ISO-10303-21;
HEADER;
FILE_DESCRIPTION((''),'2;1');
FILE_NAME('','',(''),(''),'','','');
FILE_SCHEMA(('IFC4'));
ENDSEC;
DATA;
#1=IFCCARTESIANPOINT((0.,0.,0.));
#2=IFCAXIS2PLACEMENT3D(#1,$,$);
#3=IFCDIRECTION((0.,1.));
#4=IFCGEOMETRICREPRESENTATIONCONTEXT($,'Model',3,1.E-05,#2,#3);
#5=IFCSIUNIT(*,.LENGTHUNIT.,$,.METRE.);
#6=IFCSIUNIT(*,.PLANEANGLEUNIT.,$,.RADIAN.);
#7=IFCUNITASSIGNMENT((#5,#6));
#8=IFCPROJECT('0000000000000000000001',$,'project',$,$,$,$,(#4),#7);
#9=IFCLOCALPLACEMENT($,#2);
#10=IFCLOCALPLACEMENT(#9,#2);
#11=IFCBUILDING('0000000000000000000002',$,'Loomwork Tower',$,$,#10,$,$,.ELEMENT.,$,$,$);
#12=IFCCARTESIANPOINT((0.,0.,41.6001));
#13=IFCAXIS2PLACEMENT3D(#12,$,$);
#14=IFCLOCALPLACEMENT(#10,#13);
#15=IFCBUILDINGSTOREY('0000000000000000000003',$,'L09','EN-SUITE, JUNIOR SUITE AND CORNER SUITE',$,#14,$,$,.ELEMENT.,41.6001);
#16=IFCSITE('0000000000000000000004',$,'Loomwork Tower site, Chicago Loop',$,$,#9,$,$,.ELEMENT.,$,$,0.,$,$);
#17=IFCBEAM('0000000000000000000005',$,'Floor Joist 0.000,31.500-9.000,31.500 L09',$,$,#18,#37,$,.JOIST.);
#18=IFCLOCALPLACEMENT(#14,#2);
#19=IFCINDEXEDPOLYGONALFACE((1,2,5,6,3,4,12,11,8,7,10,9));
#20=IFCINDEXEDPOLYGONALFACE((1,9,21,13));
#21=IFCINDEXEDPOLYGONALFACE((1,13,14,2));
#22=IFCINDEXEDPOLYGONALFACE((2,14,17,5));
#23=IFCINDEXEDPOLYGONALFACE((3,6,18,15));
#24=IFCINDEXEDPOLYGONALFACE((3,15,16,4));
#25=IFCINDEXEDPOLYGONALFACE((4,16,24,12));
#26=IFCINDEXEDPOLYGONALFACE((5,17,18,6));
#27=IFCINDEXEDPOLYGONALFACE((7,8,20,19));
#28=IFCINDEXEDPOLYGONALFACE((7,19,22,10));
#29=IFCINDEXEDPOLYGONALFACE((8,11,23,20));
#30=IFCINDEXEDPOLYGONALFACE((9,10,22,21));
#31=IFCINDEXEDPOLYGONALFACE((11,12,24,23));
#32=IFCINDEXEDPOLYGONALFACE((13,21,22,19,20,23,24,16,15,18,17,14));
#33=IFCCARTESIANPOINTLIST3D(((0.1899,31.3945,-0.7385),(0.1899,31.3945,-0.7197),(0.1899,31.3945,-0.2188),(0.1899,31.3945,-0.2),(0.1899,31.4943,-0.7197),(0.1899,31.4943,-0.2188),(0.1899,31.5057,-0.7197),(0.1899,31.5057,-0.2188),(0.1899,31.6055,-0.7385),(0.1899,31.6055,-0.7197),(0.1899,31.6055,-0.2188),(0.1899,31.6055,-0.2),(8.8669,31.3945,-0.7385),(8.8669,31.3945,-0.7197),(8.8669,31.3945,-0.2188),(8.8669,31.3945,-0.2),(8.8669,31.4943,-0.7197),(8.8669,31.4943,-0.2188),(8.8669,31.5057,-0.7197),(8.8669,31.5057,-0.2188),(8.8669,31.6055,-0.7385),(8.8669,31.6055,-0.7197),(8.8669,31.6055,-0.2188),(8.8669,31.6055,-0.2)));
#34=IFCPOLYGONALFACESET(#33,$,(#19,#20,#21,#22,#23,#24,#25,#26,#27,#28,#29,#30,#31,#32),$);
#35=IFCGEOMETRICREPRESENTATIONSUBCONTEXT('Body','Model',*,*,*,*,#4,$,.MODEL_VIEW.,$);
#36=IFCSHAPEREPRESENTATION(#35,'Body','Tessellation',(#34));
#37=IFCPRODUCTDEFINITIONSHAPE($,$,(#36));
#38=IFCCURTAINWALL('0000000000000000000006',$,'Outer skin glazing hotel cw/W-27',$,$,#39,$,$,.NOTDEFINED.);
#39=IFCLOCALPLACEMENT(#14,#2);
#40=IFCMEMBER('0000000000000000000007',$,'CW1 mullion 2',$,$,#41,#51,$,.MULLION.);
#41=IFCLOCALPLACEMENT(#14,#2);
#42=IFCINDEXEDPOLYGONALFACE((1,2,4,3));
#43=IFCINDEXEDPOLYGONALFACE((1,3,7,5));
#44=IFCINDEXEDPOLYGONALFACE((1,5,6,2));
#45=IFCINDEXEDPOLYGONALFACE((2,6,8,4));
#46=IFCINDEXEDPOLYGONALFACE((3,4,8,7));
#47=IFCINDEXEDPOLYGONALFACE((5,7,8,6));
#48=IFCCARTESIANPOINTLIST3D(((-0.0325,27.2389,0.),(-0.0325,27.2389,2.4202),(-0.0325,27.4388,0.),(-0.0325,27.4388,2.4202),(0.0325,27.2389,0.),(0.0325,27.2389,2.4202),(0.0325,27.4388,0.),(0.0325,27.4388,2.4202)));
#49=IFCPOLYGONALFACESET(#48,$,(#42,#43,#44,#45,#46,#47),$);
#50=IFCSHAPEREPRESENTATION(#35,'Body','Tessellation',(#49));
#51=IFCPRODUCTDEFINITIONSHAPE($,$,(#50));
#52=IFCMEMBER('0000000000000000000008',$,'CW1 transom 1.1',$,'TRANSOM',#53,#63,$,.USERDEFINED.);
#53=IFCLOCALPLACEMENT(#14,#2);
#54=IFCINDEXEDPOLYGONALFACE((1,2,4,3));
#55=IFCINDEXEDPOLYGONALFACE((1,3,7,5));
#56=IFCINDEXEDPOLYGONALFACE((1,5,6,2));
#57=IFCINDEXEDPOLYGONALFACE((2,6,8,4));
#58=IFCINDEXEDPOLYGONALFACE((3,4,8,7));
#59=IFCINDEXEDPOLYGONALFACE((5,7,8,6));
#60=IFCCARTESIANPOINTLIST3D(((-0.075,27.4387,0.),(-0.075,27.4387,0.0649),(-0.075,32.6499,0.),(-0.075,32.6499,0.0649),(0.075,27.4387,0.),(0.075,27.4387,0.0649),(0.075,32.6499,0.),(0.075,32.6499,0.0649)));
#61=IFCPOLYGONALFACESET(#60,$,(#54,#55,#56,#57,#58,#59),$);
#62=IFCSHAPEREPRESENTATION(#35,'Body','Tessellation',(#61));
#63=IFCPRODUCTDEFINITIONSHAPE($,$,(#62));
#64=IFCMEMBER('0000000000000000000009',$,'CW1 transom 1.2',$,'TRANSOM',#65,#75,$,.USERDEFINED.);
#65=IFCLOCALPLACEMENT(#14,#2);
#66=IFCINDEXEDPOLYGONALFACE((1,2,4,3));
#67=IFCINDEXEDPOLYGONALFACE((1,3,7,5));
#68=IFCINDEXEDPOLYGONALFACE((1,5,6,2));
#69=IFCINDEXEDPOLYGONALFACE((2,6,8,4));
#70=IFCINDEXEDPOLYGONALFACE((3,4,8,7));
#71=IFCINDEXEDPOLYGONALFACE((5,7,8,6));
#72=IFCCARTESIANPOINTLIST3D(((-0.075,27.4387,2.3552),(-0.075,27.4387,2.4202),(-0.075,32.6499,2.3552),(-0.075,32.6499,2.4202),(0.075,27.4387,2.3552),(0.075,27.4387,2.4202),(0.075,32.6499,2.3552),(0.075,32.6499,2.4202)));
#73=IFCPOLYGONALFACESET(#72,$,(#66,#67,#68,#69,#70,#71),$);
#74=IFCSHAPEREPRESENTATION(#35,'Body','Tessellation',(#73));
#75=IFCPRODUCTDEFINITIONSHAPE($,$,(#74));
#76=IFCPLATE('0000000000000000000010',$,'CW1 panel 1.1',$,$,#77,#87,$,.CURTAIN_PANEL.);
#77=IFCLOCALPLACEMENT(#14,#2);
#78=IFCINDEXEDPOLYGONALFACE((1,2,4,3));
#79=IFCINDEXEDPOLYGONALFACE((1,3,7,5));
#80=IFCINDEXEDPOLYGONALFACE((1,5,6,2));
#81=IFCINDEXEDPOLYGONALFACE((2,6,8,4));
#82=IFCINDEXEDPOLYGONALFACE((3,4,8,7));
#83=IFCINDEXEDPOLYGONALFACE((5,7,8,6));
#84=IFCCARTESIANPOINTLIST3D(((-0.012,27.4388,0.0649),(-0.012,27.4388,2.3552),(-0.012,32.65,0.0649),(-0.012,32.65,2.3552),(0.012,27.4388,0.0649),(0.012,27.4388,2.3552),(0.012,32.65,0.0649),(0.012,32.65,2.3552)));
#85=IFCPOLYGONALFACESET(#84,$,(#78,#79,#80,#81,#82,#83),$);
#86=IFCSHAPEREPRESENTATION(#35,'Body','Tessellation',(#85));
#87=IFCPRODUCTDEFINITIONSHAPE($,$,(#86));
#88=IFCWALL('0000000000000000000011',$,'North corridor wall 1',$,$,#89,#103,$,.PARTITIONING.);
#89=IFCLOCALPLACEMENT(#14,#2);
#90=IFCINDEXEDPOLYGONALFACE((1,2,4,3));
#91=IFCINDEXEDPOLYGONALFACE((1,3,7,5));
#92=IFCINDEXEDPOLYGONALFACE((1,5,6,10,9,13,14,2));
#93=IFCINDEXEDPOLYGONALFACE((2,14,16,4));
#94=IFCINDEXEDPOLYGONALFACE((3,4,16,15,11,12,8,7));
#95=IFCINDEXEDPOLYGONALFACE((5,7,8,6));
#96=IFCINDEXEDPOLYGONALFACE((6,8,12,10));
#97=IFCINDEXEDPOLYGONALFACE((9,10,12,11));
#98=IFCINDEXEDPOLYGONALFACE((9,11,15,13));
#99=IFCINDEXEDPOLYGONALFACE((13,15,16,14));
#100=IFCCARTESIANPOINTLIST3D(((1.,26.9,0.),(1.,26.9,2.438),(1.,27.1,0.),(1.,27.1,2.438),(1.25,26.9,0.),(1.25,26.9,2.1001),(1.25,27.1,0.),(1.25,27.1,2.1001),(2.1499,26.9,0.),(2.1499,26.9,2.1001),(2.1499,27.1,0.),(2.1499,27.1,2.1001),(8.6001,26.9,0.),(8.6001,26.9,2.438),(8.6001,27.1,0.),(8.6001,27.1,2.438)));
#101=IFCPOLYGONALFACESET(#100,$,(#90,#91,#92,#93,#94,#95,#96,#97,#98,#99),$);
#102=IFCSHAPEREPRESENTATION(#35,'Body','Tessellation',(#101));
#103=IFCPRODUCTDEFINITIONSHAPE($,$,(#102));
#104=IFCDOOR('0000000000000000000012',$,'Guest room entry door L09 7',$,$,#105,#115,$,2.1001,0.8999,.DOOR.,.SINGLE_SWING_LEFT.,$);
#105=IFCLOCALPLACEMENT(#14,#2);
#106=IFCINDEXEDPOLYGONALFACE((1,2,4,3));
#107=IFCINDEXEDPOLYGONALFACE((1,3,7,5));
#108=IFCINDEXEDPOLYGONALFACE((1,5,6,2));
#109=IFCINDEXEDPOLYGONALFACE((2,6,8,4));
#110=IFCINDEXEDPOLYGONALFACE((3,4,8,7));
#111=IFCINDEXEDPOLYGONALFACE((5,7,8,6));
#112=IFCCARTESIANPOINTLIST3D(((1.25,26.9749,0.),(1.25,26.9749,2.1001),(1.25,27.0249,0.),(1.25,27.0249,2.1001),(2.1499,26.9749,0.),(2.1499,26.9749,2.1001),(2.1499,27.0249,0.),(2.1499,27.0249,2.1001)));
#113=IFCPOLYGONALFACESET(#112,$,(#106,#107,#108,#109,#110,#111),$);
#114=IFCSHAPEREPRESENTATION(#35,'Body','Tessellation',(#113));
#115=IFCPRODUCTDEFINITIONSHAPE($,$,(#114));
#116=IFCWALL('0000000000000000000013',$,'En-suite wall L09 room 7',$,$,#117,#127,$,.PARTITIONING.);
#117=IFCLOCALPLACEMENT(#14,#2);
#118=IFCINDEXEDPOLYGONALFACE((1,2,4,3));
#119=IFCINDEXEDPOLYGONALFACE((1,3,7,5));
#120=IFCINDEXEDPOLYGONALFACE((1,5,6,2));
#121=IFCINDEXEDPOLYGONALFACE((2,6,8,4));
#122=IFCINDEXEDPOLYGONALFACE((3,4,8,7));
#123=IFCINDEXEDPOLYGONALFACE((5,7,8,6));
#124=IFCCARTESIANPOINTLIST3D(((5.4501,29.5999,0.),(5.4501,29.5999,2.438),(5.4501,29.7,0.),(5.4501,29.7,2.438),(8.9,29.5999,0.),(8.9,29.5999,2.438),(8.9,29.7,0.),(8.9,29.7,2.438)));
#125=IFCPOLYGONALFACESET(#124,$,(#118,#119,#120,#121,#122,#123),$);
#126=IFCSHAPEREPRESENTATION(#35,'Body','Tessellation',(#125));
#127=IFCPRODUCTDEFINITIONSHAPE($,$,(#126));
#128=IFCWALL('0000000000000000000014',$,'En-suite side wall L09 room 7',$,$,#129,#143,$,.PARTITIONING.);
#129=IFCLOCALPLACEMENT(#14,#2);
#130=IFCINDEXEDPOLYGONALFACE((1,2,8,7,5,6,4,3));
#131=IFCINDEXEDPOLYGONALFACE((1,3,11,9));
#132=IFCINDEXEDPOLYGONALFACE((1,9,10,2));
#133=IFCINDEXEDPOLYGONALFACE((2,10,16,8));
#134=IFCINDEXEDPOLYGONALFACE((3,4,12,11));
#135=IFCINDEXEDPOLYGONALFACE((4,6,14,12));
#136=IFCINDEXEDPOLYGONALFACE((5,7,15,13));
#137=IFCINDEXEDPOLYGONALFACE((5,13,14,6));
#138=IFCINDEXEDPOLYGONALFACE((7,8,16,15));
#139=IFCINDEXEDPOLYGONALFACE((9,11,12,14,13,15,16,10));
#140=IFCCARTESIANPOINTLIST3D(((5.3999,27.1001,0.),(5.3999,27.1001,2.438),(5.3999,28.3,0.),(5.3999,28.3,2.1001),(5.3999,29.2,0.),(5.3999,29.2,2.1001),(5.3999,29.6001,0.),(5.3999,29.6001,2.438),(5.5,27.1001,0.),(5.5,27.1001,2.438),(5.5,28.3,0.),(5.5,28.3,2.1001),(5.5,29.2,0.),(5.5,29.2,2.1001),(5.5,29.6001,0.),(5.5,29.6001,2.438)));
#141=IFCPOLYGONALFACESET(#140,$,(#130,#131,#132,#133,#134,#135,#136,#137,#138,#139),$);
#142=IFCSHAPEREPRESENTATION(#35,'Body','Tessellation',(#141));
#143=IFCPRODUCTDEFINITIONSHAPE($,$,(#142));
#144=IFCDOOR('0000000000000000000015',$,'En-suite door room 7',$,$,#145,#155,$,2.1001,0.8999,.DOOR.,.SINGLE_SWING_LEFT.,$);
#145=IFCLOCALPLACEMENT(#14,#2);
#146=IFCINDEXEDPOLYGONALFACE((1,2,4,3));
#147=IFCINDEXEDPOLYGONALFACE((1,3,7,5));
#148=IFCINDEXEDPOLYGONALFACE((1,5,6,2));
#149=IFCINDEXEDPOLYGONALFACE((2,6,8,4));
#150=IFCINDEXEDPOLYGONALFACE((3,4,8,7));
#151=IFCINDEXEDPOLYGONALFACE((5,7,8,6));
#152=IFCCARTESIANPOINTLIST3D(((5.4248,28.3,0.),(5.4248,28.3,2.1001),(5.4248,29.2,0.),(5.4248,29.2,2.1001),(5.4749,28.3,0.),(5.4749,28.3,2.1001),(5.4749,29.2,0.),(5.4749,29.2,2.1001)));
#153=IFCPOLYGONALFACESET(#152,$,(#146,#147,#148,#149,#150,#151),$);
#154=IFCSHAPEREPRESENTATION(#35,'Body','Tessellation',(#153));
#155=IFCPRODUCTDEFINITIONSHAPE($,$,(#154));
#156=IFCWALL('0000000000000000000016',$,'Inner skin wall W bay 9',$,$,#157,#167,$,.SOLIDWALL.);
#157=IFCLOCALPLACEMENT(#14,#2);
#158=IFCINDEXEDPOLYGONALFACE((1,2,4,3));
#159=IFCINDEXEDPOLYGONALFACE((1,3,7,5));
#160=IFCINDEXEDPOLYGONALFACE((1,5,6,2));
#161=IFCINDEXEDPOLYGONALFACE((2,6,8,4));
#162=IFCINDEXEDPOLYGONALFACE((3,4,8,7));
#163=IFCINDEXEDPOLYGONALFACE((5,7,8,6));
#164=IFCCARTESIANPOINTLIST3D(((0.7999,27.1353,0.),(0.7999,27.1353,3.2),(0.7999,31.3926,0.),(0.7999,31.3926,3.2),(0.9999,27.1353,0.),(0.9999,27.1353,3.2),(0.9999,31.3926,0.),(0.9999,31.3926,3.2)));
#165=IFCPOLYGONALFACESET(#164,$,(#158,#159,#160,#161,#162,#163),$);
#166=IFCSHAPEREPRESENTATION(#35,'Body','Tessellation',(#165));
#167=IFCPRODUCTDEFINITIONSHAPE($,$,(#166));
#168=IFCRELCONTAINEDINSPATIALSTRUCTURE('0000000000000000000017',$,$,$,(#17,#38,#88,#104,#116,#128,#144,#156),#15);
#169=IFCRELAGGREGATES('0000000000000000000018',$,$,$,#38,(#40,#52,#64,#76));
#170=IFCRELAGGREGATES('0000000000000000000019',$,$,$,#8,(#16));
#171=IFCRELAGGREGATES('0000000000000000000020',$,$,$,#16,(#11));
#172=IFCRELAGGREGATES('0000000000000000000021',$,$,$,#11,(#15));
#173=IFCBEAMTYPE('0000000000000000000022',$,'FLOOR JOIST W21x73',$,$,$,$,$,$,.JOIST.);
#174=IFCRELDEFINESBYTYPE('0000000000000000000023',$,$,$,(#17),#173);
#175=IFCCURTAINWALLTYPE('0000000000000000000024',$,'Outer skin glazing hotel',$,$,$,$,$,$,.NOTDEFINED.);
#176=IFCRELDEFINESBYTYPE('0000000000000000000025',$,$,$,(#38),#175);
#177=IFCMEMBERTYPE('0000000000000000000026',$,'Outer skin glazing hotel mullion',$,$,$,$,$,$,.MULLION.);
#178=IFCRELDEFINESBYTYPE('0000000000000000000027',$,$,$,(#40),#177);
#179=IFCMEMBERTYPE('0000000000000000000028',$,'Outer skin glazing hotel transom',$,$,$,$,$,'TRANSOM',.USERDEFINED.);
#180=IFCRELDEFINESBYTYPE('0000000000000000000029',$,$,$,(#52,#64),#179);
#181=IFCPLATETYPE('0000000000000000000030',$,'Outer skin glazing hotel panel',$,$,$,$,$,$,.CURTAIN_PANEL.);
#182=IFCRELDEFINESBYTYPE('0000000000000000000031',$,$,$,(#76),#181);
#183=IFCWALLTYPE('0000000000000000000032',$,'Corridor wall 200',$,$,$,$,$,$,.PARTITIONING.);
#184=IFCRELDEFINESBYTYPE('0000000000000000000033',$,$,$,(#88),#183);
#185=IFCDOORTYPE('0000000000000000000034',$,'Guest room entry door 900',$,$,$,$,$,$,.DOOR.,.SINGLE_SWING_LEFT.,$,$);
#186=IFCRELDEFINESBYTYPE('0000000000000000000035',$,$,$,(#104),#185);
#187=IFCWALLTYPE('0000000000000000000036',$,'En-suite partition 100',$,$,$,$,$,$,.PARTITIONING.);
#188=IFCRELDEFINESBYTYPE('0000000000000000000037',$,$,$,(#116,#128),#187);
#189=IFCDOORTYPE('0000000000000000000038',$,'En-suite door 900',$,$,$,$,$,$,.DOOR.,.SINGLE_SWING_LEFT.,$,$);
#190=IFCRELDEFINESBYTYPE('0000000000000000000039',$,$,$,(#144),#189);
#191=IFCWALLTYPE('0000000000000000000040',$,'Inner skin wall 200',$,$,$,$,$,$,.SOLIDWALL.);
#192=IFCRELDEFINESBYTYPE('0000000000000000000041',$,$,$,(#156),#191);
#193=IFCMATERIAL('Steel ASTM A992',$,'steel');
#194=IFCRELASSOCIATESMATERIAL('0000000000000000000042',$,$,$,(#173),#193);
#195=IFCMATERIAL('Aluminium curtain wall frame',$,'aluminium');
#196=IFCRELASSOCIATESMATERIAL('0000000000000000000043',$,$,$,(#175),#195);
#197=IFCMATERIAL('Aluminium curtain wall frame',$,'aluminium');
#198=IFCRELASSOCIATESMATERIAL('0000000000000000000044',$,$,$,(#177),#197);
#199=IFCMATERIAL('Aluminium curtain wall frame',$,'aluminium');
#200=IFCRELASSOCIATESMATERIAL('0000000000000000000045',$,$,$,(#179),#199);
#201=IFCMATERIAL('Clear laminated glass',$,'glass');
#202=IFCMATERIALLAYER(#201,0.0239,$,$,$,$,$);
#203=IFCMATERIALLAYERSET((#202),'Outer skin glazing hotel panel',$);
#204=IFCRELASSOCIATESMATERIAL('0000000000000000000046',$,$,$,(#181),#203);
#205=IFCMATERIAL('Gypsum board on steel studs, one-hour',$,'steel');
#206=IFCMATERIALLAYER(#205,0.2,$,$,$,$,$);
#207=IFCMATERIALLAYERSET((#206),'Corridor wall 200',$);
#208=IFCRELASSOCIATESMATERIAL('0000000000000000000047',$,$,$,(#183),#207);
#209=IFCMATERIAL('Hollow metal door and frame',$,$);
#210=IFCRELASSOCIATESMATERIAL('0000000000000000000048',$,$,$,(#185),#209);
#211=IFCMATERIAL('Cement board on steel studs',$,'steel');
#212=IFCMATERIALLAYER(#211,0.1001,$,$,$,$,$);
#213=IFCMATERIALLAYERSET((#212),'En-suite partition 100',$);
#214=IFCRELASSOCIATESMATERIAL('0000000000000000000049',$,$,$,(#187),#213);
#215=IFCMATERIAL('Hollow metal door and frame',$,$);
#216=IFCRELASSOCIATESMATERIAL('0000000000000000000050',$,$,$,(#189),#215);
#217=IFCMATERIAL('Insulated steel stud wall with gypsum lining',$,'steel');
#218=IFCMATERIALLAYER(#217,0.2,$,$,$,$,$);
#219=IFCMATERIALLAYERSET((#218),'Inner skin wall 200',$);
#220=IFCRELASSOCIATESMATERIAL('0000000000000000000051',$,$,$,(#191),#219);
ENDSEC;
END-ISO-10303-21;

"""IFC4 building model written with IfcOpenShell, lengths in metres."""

from ifc_helpers import new_model, si_unit, direction, frame, frame_2d, origin, origin_2d, place, context, subcontext, project, spatial, rectangle, i_section, extrude, material, layer, layer_set, material_profile, profile_set, type_object, element, fill, aggregate, save


model = new_model("IFC4")

# Units and contexts
model_context = context("Model", 3, precision=1e-05, world=origin(), true_north=direction((0.0, 1.0)))
body_context = subcontext(model_context, "Body", "Model", "MODEL_VIEW")
ifc_project = project(units=[si_unit("LENGTHUNIT", "METRE"), si_unit("PLANEANGLEUNIT", "RADIAN")], contexts=[model_context])

# Site, building, storey
site_placement = place(None, origin())
site = spatial("IfcSite", under=ifc_project, at=site_placement, Name="Loomwork Tower site, Chicago Loop", CompositionType="ELEMENT", RefElevation=0.0)
building_placement = place(site_placement, origin())
building = spatial("IfcBuilding", under=site, at=building_placement, Name="Loomwork Tower", CompositionType="ELEMENT")
storey_placement = place(building_placement, frame((0.0, 0.0, 41.6001)))
storey = spatial("IfcBuildingStorey", under=building, at=storey_placement, Name="L09", Description="EN-SUITE, JUNIOR SUITE AND CORNER SUITE", CompositionType="ELEMENT", Elevation=41.6001)

# Beam
ifc_material_1 = material(Name="Steel ASTM A992", Category="steel")
ifc_material_profile_1 = material_profile(ifc_material_1, i_section(OverallWidth=0.2109, OverallDepth=0.5386, WebThickness=0.0115, FlangeThickness=0.0188, at=origin_2d()), Name="W21x73")
ifc_profile_set_1 = profile_set([ifc_material_profile_1], Name="Steel ASTM A992")
beam_type = type_object("IfcBeamType", Name="FLOOR JOIST W21x73", PredefinedType="JOIST", material=ifc_profile_set_1)
beam_placement = place(storey_placement, frame((0.1899, 31.5, -0.4692), z_axis=(1.0, 0.0, 0.0), x_axis=(0.0, 1.0, 0.0)))
element("IfcBeam", 1, at=beam_placement, inside=storey, type_object=beam_type, Name="Floor Joist 0.000,31.500-9.000,31.500 L09", PredefinedType="JOIST", context=body_context, shape_type="SweptSolid", body=[
    extrude(i_section(OverallWidth=0.2109, OverallDepth=0.5386, WebThickness=0.0115, FlangeThickness=0.0188, at=origin_2d()), origin(), (0.0, 0.0, 1.0), 8.677),
])

# Curtain wall, members, plate
ifc_material_2 = material(Name="Aluminium curtain wall frame", Category="aluminium")
curtain_wall_type = type_object("IfcCurtainWallType", Name="Outer skin glazing hotel", PredefinedType="NOTDEFINED", material=ifc_material_2)
curtain_wall_placement = place(storey_placement, origin())
curtain_wall = element("IfcCurtainWall", 2, at=curtain_wall_placement, inside=storey, type_object=curtain_wall_type, Name="Outer skin glazing hotel cw/W-27", PredefinedType="NOTDEFINED")
ifc_material_3 = material(Name="Aluminium curtain wall frame", Category="aluminium")
ifc_material_profile_2 = material_profile(ifc_material_3, rectangle(XDim=0.0649, YDim=0.2, at=origin_2d()), Name="AL 65x200")
ifc_profile_set_2 = profile_set([ifc_material_profile_2], Name="Aluminium curtain wall frame")
member_type_1 = type_object("IfcMemberType", Name="Outer skin glazing hotel mullion", PredefinedType="MULLION", material=ifc_profile_set_2)
member_1_placement = place(storey_placement, frame((0.0, 27.3389, 0.0), z_axis=(0.0, 0.0, 1.0), x_axis=(1.0, 0.0, 0.0)))
member_1 = element("IfcMember", 3, at=member_1_placement, type_object=member_type_1, Name="CW1 mullion 2", PredefinedType="MULLION", context=body_context, shape_type="SweptSolid", body=[
    extrude(rectangle(XDim=0.0649, YDim=0.2, at=origin_2d()), origin(), (0.0, 0.0, 1.0), 2.4202),
])
ifc_material_4 = material(Name="Aluminium curtain wall frame", Category="aluminium")
ifc_material_profile_3 = material_profile(ifc_material_4, rectangle(XDim=0.1499, YDim=0.0649, at=origin_2d()), Name="AL 65x150")
ifc_profile_set_3 = profile_set([ifc_material_profile_3], Name="Aluminium curtain wall frame")
member_type_2 = type_object("IfcMemberType", Name="Outer skin glazing hotel transom", ElementType="TRANSOM", PredefinedType="USERDEFINED", material=ifc_profile_set_3)
member_2_placement = place(storey_placement, frame((0.0, 32.6499, 0.0325), z_axis=(0.0, -1.0, 0.0), x_axis=(1.0, 0.0, 0.0)))
member_2 = element("IfcMember", 4, at=member_2_placement, type_object=member_type_2, Name="CW1 transom 1.1", ObjectType="TRANSOM", PredefinedType="USERDEFINED", context=body_context, shape_type="SweptSolid", body=[
    extrude(rectangle(XDim=0.1499, YDim=0.0649, at=origin_2d()), origin(), (0.0, 0.0, 1.0), 5.2112),
])
member_3_placement = place(storey_placement, frame((0.0, 32.6499, 2.3877), z_axis=(0.0, -1.0, 0.0), x_axis=(1.0, 0.0, 0.0)))
member_3 = element("IfcMember", 5, at=member_3_placement, type_object=member_type_2, Name="CW1 transom 1.2", ObjectType="TRANSOM", PredefinedType="USERDEFINED", context=body_context, shape_type="SweptSolid", body=[
    extrude(rectangle(XDim=0.1499, YDim=0.0649, at=origin_2d()), origin(), (0.0, 0.0, 1.0), 5.2112),
])
ifc_material_5 = material(Name="Clear laminated glass", Category="glass")
ifc_layer_1 = layer(ifc_material_5, 0.0239)
ifc_layer_set_1 = layer_set([ifc_layer_1], Name="Outer skin glazing hotel panel")
plate_type = type_object("IfcPlateType", Name="Outer skin glazing hotel panel", PredefinedType="CURTAIN_PANEL", material=ifc_layer_set_1)
plate_placement = place(storey_placement, frame((0.0, 30.0444, 0.0649), z_axis=(0.0, 0.0, 1.0), x_axis=(0.0, -1.0, 0.0)))
plate = element("IfcPlate", 6, at=plate_placement, type_object=plate_type, Name="CW1 panel 1.1", PredefinedType="CURTAIN_PANEL", context=body_context, shape_type="SweptSolid", body=[
    extrude(rectangle(XDim=5.2112, YDim=0.0239, at=origin_2d()), origin(), (0.0, 0.0, 1.0), 2.2903),
])
aggregate(curtain_wall, [member_1, member_2, member_3, plate])

# Wall, opening, door
ifc_material_6 = material(Name="Gypsum board on steel studs, one-hour", Category="steel")
ifc_layer_2 = layer(ifc_material_6, 0.2)
ifc_layer_set_2 = layer_set([ifc_layer_2], Name="Corridor wall 200")
wall_type_1 = type_object("IfcWallType", Name="Corridor wall 200", PredefinedType="PARTITIONING", material=ifc_layer_set_2)
wall_1_placement = place(storey_placement, frame((1.0, 27.0, 0.0), z_axis=(0.0, 0.0, 1.0), x_axis=(1.0, 0.0, 0.0)))
wall_1 = element("IfcWall", 7, at=wall_1_placement, inside=storey, type_object=wall_type_1, Name="North corridor wall 1", PredefinedType="PARTITIONING", context=body_context, shape_type="SweptSolid", body=[
    extrude(rectangle(XDim=7.6001, YDim=0.2, at=frame_2d((3.8, 0.0))), origin(), (0.0, 0.0, 1.0), 2.438),
])
opening_1_placement = place(wall_1_placement, frame((0.25, 0.0, 0.0)))
opening_1 = element("IfcOpeningElement", 8, at=opening_1_placement, cuts=wall_1, PredefinedType="OPENING", context=body_context, shape_type="SweptSolid", body=[
    extrude(rectangle(XDim=0.8999, YDim=2.1001, at=frame_2d((0.45, 1.05))), frame((0.0, 0.1099, 0.0), z_axis=(0.0, -1.0, 0.0), x_axis=(1.0, 0.0, 0.0)), (0.0, 0.0, 1.0), 0.22),
])
ifc_material_7 = material(Name="Hollow metal door and frame")
door_type_1 = type_object("IfcDoorType", Name="Guest room entry door 900", OperationType="SINGLE_SWING_LEFT", PredefinedType="DOOR", material=ifc_material_7)
door_1_placement = place(opening_1_placement, origin())
door_1 = element("IfcDoor", 9, at=door_1_placement, inside=storey, type_object=door_type_1, Name="Guest room entry door L09 7", OperationType="SINGLE_SWING_LEFT", OverallHeight=2.1001, OverallWidth=0.8999, PredefinedType="DOOR", context=body_context, shape_type="SweptSolid", body=[
    extrude(rectangle(XDim=0.8999, YDim=2.1001, at=frame_2d((0.45, 1.05))), frame((0.0, 0.0249, 0.0), z_axis=(0.0, -1.0, 0.0), x_axis=(1.0, 0.0, 0.0)), (0.0, 0.0, 1.0), 0.05),
])
fill(opening_1, door_1)

# Wall
ifc_material_8 = material(Name="Cement board on steel studs", Category="steel")
ifc_layer_3 = layer(ifc_material_8, 0.1001)
ifc_layer_set_3 = layer_set([ifc_layer_3], Name="En-suite partition 100")
wall_type_2 = type_object("IfcWallType", Name="En-suite partition 100", PredefinedType="PARTITIONING", material=ifc_layer_set_3)
wall_2_placement = place(storey_placement, frame((5.45, 29.6499, 0.0), z_axis=(0.0, 0.0, 1.0), x_axis=(1.0, 0.0, 0.0)))
element("IfcWall", 10, at=wall_2_placement, inside=storey, type_object=wall_type_2, Name="En-suite wall L09 room 7", PredefinedType="PARTITIONING", context=body_context, shape_type="SweptSolid", body=[
    extrude(rectangle(XDim=3.45, YDim=0.1001, at=frame_2d((1.7251, 0.0))), origin(), (0.0, 0.0, 1.0), 2.438),
])

# Wall, opening, door
wall_3_placement = place(storey_placement, frame((5.45, 27.1001, 0.0), z_axis=(0.0, 0.0, 1.0), x_axis=(0.0, 1.0, 0.0)))
wall_3 = element("IfcWall", 11, at=wall_3_placement, inside=storey, type_object=wall_type_2, Name="En-suite side wall L09 room 7", PredefinedType="PARTITIONING", context=body_context, shape_type="SweptSolid", body=[
    extrude(rectangle(XDim=2.5, YDim=0.1001, at=frame_2d((1.25, 0.0))), origin(), (0.0, 0.0, 1.0), 2.438),
])
opening_2_placement = place(wall_3_placement, frame((1.2, 0.0, 0.0)))
opening_2 = element("IfcOpeningElement", 12, at=opening_2_placement, cuts=wall_3, PredefinedType="OPENING", context=body_context, shape_type="SweptSolid", body=[
    extrude(rectangle(XDim=0.8999, YDim=2.1001, at=frame_2d((0.45, 1.05))), frame((0.0, 0.0601, 0.0), z_axis=(0.0, -1.0, 0.0), x_axis=(1.0, 0.0, 0.0)), (0.0, 0.0, 1.0), 0.1201),
])
ifc_material_9 = material(Name="Hollow metal door and frame")
door_type_2 = type_object("IfcDoorType", Name="En-suite door 900", OperationType="SINGLE_SWING_LEFT", PredefinedType="DOOR", material=ifc_material_9)
door_2_placement = place(opening_2_placement, frame((0.8999, 0.0, 0.0), z_axis=(0.0, 0.0, 1.0), x_axis=(-1.0, 0.0, 0.0)))
door_2 = element("IfcDoor", 13, at=door_2_placement, inside=storey, type_object=door_type_2, Name="En-suite door room 7", OperationType="SINGLE_SWING_LEFT", OverallHeight=2.1001, OverallWidth=0.8999, PredefinedType="DOOR", context=body_context, shape_type="SweptSolid", body=[
    extrude(rectangle(XDim=0.8999, YDim=2.1001, at=frame_2d((0.45, 1.05))), frame((0.0, 0.0249, 0.0), z_axis=(0.0, -1.0, 0.0), x_axis=(1.0, 0.0, 0.0)), (0.0, 0.0, 1.0), 0.05),
])
fill(opening_2, door_2)

# Wall
ifc_material_10 = material(Name="Insulated steel stud wall with gypsum lining", Category="steel")
ifc_layer_4 = layer(ifc_material_10, 0.2)
ifc_layer_set_4 = layer_set([ifc_layer_4], Name="Inner skin wall 200")
wall_type_3 = type_object("IfcWallType", Name="Inner skin wall 200", PredefinedType="SOLIDWALL", material=ifc_layer_set_4)
wall_4_placement = place(storey_placement, frame((0.8999, 27.1353, 0.0), z_axis=(0.0, 0.0, 1.0), x_axis=(0.0, 1.0, 0.0)))
element("IfcWall", 14, at=wall_4_placement, inside=storey, type_object=wall_type_3, Name="Inner skin wall W bay 9", PredefinedType="SOLIDWALL", context=body_context, shape_type="SweptSolid", body=[
    extrude(rectangle(XDim=4.2573, YDim=0.2, at=frame_2d((2.1287, 0.0))), origin(), (0.0, 0.0, 1.0), 3.2),
])

save(model, "model.ifc")
